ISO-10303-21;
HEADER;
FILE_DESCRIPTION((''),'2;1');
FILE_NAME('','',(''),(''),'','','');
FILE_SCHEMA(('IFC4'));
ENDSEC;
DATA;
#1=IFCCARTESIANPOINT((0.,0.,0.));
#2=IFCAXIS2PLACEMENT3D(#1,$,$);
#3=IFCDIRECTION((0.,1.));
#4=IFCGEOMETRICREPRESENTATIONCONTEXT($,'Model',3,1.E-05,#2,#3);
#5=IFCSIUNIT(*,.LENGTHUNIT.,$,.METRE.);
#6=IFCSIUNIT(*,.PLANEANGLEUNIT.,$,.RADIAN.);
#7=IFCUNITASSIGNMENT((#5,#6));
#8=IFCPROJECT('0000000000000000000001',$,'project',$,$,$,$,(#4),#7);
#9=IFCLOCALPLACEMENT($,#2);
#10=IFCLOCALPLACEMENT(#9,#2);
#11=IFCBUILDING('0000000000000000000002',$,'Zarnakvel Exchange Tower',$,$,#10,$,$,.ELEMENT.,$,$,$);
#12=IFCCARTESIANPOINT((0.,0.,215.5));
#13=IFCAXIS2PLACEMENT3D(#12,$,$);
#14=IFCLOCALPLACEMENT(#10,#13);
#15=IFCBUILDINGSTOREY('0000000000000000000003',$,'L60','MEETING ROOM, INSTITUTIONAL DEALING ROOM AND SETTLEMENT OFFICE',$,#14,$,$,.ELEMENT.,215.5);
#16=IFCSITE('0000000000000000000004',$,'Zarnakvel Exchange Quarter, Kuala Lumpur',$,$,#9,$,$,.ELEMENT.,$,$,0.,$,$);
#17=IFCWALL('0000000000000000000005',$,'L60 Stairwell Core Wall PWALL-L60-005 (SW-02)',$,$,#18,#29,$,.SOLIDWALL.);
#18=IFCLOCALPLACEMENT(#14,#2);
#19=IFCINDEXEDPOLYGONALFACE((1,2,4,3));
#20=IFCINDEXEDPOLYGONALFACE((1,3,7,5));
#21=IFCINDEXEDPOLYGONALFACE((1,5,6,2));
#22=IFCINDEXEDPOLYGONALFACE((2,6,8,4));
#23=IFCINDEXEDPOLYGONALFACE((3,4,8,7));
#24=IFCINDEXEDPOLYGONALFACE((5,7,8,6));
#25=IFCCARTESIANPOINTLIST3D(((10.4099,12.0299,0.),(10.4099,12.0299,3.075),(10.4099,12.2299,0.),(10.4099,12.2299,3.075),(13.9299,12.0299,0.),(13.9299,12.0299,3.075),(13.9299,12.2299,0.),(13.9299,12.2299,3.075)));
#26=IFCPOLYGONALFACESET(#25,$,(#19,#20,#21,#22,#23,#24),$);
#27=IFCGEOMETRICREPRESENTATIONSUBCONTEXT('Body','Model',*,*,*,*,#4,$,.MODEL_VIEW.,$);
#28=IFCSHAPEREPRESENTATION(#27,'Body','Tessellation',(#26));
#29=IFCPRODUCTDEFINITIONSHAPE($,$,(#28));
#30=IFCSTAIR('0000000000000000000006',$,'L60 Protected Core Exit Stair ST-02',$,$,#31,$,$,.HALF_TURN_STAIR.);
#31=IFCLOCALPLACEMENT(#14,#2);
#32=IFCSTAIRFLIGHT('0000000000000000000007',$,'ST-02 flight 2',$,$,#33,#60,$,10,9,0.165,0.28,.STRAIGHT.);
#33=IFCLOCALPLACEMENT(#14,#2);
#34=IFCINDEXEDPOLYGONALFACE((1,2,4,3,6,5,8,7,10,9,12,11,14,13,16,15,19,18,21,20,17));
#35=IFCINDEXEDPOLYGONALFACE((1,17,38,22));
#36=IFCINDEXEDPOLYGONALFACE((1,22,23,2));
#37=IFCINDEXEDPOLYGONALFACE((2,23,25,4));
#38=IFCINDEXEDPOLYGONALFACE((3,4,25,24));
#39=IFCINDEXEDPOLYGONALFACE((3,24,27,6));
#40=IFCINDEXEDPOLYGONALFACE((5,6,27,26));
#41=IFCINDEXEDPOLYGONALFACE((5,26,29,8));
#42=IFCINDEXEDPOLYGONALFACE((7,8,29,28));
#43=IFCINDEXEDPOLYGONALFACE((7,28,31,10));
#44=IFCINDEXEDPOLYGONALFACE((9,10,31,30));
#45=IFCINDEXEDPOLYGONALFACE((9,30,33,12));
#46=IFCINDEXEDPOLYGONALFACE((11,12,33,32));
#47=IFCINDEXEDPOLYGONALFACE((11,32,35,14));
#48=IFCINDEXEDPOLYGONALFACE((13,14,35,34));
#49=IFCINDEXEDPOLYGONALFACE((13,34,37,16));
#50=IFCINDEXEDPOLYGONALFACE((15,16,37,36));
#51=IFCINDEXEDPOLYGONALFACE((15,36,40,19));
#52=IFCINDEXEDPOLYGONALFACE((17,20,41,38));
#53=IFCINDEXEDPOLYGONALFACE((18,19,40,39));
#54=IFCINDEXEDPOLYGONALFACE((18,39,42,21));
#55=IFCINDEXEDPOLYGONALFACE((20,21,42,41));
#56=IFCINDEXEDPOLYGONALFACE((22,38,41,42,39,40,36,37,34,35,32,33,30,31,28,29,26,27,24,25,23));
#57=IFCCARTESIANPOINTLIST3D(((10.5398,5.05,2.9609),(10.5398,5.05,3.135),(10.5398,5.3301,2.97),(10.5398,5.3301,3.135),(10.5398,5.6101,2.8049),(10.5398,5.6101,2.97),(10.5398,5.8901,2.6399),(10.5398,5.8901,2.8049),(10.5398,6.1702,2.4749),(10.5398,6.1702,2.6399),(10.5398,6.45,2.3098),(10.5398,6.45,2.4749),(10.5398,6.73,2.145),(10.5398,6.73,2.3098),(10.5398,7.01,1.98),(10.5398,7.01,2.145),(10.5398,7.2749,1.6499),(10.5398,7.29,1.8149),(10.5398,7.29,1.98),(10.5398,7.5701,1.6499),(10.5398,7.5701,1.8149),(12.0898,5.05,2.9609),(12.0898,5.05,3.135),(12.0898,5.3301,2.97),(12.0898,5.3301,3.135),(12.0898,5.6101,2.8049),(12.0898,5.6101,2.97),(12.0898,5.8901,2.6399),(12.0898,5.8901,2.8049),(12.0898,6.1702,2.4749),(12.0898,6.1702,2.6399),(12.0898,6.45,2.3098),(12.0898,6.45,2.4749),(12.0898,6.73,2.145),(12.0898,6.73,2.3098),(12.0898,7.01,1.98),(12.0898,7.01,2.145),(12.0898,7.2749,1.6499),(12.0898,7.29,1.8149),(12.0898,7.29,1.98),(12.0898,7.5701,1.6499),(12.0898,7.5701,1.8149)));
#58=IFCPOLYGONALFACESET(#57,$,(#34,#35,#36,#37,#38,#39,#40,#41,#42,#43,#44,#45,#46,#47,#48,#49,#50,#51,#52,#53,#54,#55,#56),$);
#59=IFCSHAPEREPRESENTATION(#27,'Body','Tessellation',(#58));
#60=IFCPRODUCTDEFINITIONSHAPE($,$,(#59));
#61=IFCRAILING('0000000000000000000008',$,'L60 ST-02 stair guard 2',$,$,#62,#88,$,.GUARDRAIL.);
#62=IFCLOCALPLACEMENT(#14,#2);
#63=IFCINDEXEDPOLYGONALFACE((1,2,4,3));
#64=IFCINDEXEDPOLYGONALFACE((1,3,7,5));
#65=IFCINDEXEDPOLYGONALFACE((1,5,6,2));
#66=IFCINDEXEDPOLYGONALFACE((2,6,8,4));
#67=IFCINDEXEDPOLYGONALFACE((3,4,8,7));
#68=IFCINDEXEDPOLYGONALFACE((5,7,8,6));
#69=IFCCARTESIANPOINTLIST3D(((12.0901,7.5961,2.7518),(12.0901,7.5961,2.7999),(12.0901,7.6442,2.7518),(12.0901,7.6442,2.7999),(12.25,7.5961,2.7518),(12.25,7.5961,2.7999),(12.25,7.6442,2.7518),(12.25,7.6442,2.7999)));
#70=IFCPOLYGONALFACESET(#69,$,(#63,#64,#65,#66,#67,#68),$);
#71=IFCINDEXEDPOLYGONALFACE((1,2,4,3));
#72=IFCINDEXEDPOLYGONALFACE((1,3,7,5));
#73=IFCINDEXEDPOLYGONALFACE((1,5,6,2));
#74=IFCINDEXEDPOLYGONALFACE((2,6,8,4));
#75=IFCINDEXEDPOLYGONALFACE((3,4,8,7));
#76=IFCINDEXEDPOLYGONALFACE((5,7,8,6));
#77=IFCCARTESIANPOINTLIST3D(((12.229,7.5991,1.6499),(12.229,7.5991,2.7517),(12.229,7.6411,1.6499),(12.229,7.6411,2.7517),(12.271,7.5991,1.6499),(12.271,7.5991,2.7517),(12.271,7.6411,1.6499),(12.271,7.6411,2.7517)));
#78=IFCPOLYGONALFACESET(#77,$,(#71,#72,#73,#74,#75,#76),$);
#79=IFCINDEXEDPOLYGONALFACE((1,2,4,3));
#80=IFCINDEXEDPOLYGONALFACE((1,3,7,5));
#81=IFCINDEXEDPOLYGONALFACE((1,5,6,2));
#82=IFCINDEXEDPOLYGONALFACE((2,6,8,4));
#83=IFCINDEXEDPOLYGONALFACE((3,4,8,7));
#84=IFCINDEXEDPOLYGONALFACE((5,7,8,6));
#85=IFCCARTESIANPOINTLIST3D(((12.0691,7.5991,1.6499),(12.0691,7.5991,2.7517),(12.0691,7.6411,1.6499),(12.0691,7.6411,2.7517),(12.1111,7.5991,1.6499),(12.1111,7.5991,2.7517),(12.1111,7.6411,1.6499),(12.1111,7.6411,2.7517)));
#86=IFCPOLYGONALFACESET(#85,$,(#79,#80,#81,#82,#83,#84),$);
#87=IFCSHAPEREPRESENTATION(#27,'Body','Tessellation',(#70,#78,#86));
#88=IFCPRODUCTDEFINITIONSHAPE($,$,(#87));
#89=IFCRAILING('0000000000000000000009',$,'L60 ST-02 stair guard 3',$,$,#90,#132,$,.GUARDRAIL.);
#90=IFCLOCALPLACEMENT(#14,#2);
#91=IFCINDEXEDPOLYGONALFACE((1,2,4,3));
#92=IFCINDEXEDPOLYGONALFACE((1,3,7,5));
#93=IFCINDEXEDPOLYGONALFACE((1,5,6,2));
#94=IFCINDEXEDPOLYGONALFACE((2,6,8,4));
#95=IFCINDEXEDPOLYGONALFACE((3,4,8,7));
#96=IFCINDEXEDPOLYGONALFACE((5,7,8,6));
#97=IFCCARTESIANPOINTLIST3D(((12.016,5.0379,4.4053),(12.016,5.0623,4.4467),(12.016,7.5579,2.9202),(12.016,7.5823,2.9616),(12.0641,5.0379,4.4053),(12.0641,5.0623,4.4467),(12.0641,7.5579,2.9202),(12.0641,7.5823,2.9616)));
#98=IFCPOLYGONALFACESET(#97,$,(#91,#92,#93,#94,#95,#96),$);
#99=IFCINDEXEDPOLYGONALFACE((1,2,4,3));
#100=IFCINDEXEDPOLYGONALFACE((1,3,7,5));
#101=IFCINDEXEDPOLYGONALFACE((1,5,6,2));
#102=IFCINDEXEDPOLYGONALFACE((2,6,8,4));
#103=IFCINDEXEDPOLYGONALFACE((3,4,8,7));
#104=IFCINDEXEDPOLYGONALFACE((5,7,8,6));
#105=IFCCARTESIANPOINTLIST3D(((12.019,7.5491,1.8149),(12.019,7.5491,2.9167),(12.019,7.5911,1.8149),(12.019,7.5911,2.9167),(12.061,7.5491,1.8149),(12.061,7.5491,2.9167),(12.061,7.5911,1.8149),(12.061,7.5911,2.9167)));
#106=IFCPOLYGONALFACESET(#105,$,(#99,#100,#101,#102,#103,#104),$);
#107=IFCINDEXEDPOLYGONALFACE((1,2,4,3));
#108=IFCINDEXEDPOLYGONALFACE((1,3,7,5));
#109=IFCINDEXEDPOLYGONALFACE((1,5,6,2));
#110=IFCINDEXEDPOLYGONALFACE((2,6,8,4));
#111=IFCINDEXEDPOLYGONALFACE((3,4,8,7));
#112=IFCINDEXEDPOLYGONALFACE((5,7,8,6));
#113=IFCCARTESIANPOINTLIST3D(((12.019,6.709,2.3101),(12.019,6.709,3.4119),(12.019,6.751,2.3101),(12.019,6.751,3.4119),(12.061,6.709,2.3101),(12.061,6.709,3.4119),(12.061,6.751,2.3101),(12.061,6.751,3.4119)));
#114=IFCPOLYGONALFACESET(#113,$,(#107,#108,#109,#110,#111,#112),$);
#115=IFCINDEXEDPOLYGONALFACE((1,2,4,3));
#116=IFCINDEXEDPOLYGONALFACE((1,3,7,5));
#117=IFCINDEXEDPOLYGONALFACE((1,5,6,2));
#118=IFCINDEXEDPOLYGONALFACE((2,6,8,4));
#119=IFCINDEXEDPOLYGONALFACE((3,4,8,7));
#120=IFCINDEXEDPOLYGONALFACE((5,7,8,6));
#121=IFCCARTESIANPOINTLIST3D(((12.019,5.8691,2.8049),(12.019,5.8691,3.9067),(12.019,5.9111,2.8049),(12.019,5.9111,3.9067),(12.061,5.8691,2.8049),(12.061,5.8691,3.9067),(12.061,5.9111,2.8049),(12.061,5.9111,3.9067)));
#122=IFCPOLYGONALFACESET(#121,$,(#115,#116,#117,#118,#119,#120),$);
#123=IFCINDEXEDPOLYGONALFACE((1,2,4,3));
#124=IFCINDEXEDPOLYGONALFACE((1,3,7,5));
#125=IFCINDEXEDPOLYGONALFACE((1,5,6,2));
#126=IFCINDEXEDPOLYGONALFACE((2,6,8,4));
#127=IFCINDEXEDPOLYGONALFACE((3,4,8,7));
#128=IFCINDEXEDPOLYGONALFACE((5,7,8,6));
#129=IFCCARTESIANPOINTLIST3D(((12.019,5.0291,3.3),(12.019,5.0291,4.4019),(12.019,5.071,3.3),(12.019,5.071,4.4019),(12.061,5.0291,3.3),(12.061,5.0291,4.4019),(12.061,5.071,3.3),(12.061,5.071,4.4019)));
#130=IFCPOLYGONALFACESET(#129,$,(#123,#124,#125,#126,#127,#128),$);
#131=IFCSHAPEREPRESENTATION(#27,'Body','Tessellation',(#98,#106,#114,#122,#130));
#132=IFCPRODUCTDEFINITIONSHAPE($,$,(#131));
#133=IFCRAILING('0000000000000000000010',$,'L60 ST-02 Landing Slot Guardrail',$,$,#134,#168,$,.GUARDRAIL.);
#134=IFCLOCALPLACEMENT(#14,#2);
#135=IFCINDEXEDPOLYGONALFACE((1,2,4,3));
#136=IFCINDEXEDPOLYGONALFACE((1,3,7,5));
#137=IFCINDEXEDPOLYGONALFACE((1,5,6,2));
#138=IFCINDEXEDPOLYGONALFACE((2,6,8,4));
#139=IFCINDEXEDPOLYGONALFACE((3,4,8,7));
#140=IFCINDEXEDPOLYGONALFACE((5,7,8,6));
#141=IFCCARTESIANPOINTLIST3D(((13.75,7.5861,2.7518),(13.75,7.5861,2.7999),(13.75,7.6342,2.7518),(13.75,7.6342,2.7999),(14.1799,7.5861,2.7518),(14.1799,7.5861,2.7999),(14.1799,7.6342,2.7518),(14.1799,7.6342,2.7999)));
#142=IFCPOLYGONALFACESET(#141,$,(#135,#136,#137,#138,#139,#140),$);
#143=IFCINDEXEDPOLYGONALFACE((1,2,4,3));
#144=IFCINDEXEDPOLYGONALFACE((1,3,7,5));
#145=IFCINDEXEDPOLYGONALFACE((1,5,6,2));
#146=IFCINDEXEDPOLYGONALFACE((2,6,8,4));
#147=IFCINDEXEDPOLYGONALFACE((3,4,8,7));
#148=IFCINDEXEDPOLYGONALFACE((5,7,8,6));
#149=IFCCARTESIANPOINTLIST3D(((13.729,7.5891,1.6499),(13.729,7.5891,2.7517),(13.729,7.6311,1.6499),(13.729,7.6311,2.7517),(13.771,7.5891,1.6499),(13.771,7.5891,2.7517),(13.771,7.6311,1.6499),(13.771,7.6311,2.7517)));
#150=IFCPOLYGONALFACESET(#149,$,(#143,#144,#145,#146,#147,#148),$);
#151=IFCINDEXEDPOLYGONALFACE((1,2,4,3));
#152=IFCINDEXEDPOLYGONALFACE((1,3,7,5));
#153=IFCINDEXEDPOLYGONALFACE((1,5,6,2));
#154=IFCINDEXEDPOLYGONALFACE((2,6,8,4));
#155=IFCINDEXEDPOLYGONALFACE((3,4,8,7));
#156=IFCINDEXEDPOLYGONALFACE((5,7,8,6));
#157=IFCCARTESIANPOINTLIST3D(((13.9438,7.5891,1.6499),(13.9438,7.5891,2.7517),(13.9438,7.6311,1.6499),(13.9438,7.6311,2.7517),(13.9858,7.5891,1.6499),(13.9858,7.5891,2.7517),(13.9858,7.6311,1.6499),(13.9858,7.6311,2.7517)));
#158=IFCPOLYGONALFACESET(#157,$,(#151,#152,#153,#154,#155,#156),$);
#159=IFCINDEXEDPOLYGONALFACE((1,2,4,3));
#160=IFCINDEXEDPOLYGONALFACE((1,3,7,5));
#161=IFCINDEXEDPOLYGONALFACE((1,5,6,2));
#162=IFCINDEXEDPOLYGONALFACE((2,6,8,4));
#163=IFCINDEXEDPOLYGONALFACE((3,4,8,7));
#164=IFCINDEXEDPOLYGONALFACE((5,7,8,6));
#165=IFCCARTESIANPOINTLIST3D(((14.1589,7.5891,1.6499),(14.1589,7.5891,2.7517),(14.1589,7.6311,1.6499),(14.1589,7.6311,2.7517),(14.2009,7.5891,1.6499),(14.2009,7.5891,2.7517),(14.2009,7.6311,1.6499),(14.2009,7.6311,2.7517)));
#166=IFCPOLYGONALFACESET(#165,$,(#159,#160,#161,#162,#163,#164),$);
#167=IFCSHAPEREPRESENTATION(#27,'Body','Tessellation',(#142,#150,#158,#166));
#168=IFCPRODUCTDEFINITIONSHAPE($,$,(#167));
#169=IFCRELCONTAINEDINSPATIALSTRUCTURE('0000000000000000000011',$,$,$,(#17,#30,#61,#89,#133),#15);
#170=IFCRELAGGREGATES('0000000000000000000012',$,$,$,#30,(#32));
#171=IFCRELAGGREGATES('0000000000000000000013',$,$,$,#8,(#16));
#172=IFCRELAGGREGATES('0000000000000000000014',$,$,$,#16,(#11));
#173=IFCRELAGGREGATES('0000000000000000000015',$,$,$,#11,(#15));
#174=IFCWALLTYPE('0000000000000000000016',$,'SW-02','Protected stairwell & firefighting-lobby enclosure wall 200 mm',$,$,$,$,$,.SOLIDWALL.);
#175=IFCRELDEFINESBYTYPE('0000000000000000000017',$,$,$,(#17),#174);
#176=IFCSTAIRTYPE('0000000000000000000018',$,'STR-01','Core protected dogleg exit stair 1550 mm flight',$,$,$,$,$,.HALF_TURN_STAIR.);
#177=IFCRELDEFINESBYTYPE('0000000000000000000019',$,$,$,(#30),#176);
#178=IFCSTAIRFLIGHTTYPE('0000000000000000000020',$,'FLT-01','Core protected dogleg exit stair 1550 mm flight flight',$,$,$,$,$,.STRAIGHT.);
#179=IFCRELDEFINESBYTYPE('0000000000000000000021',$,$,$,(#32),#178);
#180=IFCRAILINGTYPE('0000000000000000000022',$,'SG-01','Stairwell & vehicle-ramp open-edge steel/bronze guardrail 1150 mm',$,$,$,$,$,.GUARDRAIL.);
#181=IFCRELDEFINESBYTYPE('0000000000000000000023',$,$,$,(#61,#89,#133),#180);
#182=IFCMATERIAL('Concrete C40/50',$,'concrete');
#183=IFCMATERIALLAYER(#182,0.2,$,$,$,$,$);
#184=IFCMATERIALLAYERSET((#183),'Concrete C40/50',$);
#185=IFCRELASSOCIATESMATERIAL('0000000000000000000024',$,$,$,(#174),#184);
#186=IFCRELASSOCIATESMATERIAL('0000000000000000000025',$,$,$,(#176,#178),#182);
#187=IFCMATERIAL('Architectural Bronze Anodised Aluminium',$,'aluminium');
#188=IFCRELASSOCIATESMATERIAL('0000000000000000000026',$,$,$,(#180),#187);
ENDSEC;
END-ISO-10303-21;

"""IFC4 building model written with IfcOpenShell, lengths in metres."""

from ifc_helpers import new_model, si_unit, direction, frame, frame_2d, origin, origin_2d, place, context, subcontext, project, spatial, polyline, rectangle, outline, extrude, material, layer, layer_set, type_object, element, aggregate, save


model = new_model("IFC4")

# Units and contexts
model_context = context("Model", 3, precision=1e-05, world=origin(), true_north=direction((0.0, 1.0)))
body_context = subcontext(model_context, "Body", "Model", "MODEL_VIEW")
ifc_project = project(units=[si_unit("LENGTHUNIT", "METRE"), si_unit("PLANEANGLEUNIT", "RADIAN")], contexts=[model_context])

# Site, building, storey
site_placement = place(None, origin())
site = spatial("IfcSite", under=ifc_project, at=site_placement, Name="Zarnakvel Exchange Quarter, Kuala Lumpur", CompositionType="ELEMENT", RefElevation=0.0)
building_placement = place(site_placement, origin())
building = spatial("IfcBuilding", under=site, at=building_placement, Name="Zarnakvel Exchange Tower", CompositionType="ELEMENT")
storey_placement = place(building_placement, frame((0.0, 0.0, 215.5)))
storey = spatial("IfcBuildingStorey", under=building, at=storey_placement, Name="L60", Description="MEETING ROOM, INSTITUTIONAL DEALING ROOM AND SETTLEMENT OFFICE", CompositionType="ELEMENT", Elevation=215.5)

# Shared definitions
ifc_material_1 = material(Name="Architectural Bronze Anodised Aluminium", Category="aluminium")

# Wall
ifc_material_2 = material(Name="Concrete C40/50", Category="concrete")
ifc_layer_1 = layer(ifc_material_2, 0.2)
ifc_layer_set_1 = layer_set([ifc_layer_1], Name="Concrete C40/50")
wall_type_1 = type_object("IfcWallType", Name="SW-02", Description="Protected stairwell & firefighting-lobby enclosure wall 200 mm", PredefinedType="SOLIDWALL", material=ifc_layer_set_1)
wall_1_placement = place(storey_placement, frame((10.4099, 12.1299, 0.0), z_axis=(0.0, 0.0, 1.0), x_axis=(1.0, 0.0, 0.0)))
element("IfcWall", 1, at=wall_1_placement, inside=storey, type_object=wall_type_1, Name="L60 Stairwell Core Wall PWALL-L60-005 (SW-02)", PredefinedType="SOLIDWALL", context=body_context, shape_type="SweptSolid", body=[
    extrude(rectangle(XDim=3.52, YDim=0.2, at=frame_2d((1.76, 0.0))), origin(), (0.0, 0.0, 1.0), 3.075),
])

# Stair, stair flight
stair_type = type_object("IfcStairType", Name="STR-01", Description="Core protected dogleg exit stair 1550 mm flight", PredefinedType="HALF_TURN_STAIR", material=ifc_material_2)
stair_placement = place(storey_placement, origin())
stair = element("IfcStair", 2, at=stair_placement, inside=storey, type_object=stair_type, Name="L60 Protected Core Exit Stair ST-02", PredefinedType="HALF_TURN_STAIR")
stair_flight_type = type_object("IfcStairFlightType", Name="FLT-01", Description="Core protected dogleg exit stair 1550 mm flight flight", PredefinedType="STRAIGHT", material=ifc_material_2)
stair_flight_placement = place(storey_placement, frame((11.3149, 7.5701, 1.6499), z_axis=(0.0, 0.0, 1.0), x_axis=(0.0, -1.0, 0.0)))
stair_flight = element("IfcStairFlight", 3, at=stair_flight_placement, type_object=stair_flight_type, Name="ST-02 flight 2", NumberOfRisers=10, NumberOfTreads=9, PredefinedType="STRAIGHT", RiserHeight=0.165, TreadLength=0.28, context=body_context, shape_type="SweptSolid", body=[
    extrude(outline(polyline([(0.0, 0.0), (0.0, 0.165), (0.28, 0.165), (0.28, 0.3301), (0.5601, 0.3301), (0.5601, 0.4951), (0.8401, 0.4951), (0.8401, 0.6599), (1.1201, 0.6599), (1.1201, 0.825), (1.3999, 0.825), (1.3999, 0.99), (1.6799, 0.99), (1.6799, 1.155), (1.96, 1.155), (1.96, 1.3201), (2.24, 1.3201), (2.24, 1.4851), (2.52, 1.4851), (2.52, 1.6499), (2.52, 1.311), (0.2952, 0.0), (0.0, 0.0)])), frame((0.0, 0.7749, 0.0), z_axis=(0.0, -1.0, 0.0), x_axis=(1.0, 0.0, 0.0)), (0.0, 0.0, 1.0), 1.55),
])
aggregate(stair, [stair_flight])

# Railings
railing_type = type_object("IfcRailingType", Name="SG-01", Description="Stairwell & vehicle-ramp open-edge steel/bronze guardrail 1150 mm", PredefinedType="GUARDRAIL", material=ifc_material_1)
railing_1_placement = place(storey_placement, frame((12.25, 7.6201, 1.6499)))
element("IfcRailing", 4, at=railing_1_placement, inside=storey, type_object=railing_type, Name="L60 ST-02 stair guard 2", PredefinedType="GUARDRAIL", context=body_context, shape_type="SweptSolid", body=[
    extrude(rectangle(XDim=0.0481, YDim=0.0481, at=origin_2d()), frame((0.0, 0.0, 1.126), z_axis=(-1.0, 0.0, 0.0), x_axis=(0.0, -1.0, 0.0)), (0.0, 0.0, 1.0), 0.1599),
    extrude(rectangle(XDim=0.042, YDim=0.042, at=origin_2d()), origin(), (0.0, 0.0, 1.0), 1.1018),
    extrude(rectangle(XDim=0.042, YDim=0.042, at=origin_2d()), frame((-0.1599, 0.0, 0.0)), (0.0, 0.0, 1.0), 1.1018),
])
railing_2_placement = place(storey_placement, frame((12.04, 7.5701, 1.8149)))
element("IfcRailing", 5, at=railing_2_placement, inside=storey, type_object=railing_type, Name="L60 ST-02 stair guard 3", PredefinedType="GUARDRAIL", context=body_context, shape_type="SweptSolid", body=[
    extrude(rectangle(XDim=0.0481, YDim=0.0481, at=origin_2d()), frame((0.0, 0.0, 1.126), z_axis=(0.0, -0.861524, 0.507717), x_axis=(1.0, 0.0, 0.0)), (0.0, 0.0, 1.0), 2.925),
    extrude(rectangle(XDim=0.042, YDim=0.042, at=origin_2d()), origin(), (0.0, 0.0, 1.0), 1.1018),
    extrude(rectangle(XDim=0.042, YDim=0.042, at=origin_2d()), frame((0.0, -0.8401, 0.4951)), (0.0, 0.0, 1.0), 1.1018),
    extrude(rectangle(XDim=0.042, YDim=0.042, at=origin_2d()), frame((0.0, -1.6799, 0.99)), (0.0, 0.0, 1.0), 1.1018),
    extrude(rectangle(XDim=0.042, YDim=0.042, at=origin_2d()), frame((0.0, -2.52, 1.4851)), (0.0, 0.0, 1.0), 1.1018),
])
railing_3_placement = place(storey_placement, frame((13.75, 7.6101, 1.6499)))
element("IfcRailing", 6, at=railing_3_placement, inside=storey, type_object=railing_type, Name="L60 ST-02 Landing Slot Guardrail", PredefinedType="GUARDRAIL", context=body_context, shape_type="SweptSolid", body=[
    extrude(rectangle(XDim=0.0481, YDim=0.0481, at=origin_2d()), frame((0.0, 0.0, 1.126), z_axis=(1.0, 0.0, 0.0), x_axis=(0.0, 1.0, 0.0)), (0.0, 0.0, 1.0), 0.4299),
    extrude(rectangle(XDim=0.042, YDim=0.042, at=origin_2d()), origin(), (0.0, 0.0, 1.0), 1.1018),
    extrude(rectangle(XDim=0.042, YDim=0.042, at=origin_2d()), frame((0.2148, 0.0, 0.0)), (0.0, 0.0, 1.0), 1.1018),
    extrude(rectangle(XDim=0.042, YDim=0.042, at=origin_2d()), frame((0.4299, 0.0, 0.0)), (0.0, 0.0, 1.0), 1.1018),
])

save(model, "model.ifc")
